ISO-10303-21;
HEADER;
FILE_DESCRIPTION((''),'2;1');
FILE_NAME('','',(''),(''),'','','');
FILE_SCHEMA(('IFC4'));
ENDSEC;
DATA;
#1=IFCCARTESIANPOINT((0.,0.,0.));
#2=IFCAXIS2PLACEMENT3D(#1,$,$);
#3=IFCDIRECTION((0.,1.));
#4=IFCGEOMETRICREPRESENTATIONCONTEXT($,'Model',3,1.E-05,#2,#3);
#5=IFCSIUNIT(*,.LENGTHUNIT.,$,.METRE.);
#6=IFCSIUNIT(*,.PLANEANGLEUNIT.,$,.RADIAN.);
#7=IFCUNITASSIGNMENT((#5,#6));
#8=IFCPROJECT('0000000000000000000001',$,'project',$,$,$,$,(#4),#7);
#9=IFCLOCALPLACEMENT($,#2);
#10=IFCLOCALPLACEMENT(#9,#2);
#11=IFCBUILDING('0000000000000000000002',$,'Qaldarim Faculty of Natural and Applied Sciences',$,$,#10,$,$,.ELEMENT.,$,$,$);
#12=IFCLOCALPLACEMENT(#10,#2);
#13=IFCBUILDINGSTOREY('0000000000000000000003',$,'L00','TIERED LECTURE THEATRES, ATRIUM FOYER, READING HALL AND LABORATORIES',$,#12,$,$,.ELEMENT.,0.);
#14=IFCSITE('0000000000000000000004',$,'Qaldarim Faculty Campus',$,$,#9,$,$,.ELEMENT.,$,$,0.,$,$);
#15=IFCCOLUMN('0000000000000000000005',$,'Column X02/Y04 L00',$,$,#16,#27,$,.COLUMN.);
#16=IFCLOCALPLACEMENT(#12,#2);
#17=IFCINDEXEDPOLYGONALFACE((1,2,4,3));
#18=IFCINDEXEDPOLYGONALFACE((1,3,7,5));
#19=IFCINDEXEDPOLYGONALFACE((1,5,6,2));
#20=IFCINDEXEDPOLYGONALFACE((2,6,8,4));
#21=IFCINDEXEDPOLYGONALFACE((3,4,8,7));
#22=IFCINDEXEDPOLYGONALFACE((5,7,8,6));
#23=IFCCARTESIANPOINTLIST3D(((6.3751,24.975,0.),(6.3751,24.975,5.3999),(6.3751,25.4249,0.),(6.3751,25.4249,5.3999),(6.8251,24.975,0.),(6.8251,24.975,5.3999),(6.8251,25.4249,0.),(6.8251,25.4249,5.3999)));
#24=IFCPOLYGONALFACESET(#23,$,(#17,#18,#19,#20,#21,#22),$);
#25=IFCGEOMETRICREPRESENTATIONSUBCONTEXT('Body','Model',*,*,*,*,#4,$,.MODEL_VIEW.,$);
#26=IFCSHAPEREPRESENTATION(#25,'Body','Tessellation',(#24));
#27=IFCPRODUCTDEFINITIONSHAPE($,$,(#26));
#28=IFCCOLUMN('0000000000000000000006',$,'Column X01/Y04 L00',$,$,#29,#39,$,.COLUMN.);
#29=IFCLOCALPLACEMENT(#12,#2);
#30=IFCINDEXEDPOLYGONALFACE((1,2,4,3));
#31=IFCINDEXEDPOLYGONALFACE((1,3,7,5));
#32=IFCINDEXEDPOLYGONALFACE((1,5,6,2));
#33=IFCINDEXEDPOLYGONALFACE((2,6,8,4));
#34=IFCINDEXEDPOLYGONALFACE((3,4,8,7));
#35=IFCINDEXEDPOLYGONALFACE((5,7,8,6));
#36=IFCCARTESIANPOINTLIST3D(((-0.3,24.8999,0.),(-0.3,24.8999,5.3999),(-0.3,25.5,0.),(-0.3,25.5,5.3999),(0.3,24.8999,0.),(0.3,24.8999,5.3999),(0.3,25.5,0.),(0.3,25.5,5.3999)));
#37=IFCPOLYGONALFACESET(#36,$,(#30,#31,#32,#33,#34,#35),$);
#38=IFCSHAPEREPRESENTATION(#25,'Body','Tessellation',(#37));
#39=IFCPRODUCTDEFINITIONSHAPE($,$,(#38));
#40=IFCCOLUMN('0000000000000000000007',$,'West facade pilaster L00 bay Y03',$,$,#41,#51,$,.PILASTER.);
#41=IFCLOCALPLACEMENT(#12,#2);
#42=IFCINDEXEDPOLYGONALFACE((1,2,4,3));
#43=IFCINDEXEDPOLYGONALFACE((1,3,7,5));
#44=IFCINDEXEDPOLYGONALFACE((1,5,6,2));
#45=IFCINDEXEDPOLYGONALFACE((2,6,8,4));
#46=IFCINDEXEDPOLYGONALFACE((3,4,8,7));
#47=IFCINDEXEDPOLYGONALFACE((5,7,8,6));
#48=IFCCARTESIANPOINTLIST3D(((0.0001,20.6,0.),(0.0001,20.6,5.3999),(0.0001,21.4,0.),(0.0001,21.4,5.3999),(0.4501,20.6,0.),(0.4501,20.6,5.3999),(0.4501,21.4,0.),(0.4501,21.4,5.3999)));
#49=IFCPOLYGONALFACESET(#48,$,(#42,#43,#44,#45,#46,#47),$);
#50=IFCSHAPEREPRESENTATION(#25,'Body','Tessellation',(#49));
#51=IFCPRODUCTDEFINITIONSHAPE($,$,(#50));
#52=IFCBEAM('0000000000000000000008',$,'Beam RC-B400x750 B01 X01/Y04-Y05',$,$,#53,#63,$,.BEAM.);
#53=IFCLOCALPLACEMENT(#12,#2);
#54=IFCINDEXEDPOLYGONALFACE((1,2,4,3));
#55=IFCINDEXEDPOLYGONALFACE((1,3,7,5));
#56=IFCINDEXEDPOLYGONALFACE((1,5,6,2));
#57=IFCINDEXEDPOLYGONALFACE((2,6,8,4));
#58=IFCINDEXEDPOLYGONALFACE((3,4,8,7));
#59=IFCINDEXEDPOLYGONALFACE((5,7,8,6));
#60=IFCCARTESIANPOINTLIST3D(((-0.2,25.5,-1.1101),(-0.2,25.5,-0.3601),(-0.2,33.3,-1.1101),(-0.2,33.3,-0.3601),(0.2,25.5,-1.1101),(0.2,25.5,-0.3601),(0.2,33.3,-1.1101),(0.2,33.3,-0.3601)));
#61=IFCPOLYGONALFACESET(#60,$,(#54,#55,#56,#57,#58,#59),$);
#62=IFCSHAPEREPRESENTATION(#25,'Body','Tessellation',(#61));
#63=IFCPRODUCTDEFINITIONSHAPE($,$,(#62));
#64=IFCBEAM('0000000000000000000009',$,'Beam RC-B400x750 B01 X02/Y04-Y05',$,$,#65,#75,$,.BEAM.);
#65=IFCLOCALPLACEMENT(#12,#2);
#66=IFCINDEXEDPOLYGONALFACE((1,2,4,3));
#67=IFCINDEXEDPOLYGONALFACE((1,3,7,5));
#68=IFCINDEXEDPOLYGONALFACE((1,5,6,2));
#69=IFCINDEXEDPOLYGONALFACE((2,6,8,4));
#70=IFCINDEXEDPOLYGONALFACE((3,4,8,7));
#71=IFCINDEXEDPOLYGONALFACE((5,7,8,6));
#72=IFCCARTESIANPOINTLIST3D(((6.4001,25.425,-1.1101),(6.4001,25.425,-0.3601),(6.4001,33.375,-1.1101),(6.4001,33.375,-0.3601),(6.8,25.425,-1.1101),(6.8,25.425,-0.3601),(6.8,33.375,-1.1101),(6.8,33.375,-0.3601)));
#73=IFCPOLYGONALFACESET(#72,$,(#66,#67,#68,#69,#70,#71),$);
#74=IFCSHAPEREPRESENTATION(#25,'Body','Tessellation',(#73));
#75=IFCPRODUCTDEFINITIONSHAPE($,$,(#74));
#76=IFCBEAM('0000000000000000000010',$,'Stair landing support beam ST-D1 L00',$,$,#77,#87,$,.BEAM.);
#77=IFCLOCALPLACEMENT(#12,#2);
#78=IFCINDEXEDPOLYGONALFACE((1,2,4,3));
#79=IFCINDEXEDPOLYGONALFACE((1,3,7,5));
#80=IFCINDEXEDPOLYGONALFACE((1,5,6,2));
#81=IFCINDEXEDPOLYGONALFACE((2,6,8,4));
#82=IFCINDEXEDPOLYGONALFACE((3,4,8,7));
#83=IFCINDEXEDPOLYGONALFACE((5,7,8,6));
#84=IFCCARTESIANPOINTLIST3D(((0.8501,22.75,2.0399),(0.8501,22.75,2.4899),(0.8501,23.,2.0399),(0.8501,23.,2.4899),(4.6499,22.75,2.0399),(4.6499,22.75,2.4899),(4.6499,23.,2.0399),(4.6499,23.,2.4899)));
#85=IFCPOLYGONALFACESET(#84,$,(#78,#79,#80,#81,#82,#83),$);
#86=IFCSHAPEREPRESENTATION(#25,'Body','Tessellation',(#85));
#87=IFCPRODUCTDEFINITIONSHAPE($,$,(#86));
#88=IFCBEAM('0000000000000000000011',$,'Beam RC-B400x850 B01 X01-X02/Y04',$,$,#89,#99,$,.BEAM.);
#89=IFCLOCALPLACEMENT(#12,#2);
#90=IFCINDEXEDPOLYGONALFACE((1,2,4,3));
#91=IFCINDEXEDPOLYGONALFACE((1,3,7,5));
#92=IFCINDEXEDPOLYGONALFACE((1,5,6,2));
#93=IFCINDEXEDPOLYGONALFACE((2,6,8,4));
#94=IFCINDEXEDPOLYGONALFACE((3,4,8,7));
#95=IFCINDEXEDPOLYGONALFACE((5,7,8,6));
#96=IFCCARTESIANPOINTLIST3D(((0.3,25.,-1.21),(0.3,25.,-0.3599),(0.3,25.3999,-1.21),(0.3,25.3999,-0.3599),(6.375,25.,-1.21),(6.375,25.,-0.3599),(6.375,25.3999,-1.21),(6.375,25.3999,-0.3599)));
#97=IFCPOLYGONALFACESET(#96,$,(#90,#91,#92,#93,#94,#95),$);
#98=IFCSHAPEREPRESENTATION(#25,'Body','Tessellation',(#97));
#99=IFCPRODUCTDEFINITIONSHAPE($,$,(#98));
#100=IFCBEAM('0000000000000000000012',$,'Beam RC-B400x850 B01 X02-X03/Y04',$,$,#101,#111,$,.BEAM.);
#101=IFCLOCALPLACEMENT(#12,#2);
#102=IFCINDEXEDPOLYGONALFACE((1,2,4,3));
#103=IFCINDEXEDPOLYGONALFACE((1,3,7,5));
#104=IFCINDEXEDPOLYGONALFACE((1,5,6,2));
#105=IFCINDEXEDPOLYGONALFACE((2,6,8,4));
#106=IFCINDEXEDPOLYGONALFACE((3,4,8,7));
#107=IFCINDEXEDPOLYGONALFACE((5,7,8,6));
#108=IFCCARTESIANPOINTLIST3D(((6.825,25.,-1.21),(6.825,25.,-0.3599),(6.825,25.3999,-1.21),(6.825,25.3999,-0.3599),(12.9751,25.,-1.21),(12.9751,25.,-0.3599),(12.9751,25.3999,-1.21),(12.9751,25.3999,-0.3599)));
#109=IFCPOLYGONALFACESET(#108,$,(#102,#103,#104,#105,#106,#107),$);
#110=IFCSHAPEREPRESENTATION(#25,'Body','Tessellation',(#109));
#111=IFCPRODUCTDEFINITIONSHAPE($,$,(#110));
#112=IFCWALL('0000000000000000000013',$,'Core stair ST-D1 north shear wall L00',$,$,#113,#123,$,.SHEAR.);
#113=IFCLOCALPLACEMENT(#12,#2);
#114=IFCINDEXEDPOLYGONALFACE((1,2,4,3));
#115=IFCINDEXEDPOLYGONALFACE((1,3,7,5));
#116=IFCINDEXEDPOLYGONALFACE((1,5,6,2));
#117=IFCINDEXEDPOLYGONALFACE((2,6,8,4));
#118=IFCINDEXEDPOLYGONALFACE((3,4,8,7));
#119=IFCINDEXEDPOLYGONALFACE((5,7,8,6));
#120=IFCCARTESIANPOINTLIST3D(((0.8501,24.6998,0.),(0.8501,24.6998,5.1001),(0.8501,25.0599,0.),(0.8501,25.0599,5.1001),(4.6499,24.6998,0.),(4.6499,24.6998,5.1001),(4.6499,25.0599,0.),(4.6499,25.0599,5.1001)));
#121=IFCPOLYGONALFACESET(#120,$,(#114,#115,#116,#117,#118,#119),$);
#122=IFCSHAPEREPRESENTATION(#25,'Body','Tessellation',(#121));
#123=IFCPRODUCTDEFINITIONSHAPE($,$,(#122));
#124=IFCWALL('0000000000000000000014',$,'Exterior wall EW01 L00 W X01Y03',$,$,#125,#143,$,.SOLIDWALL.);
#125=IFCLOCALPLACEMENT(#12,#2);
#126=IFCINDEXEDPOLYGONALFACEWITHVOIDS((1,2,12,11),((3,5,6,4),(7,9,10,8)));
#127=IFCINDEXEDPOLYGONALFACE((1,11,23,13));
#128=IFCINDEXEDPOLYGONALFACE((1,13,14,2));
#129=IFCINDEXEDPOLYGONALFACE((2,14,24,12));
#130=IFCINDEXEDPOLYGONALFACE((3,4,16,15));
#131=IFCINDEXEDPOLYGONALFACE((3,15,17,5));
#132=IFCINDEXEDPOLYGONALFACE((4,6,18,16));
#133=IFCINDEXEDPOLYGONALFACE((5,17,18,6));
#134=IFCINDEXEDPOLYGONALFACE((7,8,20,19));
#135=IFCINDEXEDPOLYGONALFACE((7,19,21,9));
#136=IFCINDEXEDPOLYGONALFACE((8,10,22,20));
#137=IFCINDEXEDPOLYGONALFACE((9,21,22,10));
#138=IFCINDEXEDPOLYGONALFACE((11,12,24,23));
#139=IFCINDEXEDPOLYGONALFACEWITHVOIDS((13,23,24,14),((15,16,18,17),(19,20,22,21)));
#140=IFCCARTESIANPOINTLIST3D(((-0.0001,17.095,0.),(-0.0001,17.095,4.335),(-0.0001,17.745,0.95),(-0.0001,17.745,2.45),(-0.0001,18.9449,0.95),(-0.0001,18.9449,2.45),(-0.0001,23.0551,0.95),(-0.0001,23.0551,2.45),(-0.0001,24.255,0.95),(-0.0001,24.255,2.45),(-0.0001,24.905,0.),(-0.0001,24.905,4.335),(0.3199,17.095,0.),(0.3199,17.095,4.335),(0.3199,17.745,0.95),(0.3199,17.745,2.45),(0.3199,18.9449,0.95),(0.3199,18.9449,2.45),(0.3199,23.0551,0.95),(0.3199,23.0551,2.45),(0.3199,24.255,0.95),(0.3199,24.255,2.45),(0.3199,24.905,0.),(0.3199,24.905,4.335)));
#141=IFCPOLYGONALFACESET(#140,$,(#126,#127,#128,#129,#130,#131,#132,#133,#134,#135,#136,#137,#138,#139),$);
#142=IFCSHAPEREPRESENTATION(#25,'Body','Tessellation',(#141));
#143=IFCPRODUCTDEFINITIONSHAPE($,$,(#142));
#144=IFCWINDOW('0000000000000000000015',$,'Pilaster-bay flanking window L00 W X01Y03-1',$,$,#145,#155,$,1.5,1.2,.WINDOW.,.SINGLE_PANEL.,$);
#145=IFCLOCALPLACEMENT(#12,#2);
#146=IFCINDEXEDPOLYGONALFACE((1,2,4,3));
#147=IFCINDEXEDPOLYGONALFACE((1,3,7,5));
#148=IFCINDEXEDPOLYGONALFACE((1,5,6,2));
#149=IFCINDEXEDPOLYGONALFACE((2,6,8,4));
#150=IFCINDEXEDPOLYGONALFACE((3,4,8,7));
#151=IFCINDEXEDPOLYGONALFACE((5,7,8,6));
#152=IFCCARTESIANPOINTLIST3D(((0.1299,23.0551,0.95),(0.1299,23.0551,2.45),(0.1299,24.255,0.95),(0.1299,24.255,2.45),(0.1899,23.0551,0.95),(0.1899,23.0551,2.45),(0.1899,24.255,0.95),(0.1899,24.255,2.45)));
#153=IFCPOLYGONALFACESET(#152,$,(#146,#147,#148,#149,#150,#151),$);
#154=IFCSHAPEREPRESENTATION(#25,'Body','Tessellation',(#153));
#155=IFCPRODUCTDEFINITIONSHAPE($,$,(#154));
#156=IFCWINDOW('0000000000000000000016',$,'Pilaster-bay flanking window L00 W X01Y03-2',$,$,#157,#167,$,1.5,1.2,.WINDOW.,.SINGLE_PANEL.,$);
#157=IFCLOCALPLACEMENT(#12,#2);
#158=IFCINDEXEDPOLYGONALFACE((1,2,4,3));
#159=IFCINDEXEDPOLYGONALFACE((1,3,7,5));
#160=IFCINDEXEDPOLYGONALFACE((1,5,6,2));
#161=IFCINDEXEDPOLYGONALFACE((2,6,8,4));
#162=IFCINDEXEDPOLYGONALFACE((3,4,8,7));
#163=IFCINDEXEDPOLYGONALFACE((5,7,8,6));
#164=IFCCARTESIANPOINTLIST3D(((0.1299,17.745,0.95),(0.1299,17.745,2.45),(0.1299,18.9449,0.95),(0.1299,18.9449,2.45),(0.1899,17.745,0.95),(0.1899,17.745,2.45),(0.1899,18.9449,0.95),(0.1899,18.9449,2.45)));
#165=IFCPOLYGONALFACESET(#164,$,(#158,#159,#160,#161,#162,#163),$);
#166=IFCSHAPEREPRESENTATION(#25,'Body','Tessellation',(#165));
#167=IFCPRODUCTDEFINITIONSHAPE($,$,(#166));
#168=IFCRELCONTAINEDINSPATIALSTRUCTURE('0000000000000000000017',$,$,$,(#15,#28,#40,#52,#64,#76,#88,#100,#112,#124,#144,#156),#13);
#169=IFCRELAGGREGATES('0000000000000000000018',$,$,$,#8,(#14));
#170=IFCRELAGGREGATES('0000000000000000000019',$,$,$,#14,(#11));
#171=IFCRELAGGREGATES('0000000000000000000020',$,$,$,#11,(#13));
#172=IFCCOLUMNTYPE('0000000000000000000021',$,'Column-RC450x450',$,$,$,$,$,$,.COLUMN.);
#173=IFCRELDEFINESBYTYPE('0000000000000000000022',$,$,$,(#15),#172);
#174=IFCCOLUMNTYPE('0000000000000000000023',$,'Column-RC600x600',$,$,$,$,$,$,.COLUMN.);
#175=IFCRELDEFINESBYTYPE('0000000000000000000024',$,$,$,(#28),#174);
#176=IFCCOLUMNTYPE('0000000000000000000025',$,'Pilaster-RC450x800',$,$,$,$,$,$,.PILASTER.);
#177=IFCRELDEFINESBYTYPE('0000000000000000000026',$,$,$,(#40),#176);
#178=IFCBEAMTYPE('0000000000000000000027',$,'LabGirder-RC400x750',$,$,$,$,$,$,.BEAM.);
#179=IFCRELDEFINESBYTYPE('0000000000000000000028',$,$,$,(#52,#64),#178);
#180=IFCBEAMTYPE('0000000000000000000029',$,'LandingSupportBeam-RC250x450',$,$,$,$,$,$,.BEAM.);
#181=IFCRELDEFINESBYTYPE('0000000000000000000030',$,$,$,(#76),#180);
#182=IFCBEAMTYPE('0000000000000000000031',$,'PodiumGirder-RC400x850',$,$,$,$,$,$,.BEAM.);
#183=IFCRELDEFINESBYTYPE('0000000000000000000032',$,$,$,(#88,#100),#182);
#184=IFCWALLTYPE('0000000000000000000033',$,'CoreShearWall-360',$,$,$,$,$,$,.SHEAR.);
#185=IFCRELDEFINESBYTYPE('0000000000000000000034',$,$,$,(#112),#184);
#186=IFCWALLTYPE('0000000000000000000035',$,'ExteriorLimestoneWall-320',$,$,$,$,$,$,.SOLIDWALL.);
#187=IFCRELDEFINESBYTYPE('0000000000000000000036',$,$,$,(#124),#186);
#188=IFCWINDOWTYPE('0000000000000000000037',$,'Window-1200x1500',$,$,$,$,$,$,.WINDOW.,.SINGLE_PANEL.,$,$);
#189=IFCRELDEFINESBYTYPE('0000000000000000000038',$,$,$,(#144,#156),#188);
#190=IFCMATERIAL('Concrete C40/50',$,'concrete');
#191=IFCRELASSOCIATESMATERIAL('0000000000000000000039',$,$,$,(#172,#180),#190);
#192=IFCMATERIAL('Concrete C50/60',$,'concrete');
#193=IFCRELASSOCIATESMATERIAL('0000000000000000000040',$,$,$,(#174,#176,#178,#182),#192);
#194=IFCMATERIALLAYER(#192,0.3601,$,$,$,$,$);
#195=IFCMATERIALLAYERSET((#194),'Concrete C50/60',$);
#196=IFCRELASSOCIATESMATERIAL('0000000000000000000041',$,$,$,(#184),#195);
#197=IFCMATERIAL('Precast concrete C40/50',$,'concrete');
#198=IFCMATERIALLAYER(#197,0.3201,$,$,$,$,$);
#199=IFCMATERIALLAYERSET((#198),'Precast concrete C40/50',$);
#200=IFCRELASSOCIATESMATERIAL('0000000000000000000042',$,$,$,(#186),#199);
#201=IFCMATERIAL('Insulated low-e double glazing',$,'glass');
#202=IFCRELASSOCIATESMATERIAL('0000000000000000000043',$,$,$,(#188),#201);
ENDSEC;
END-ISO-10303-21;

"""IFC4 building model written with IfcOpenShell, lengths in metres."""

from ifc_helpers import new_model, si_unit, direction, frame, frame_2d, origin, origin_2d, place, context, subcontext, project, spatial, rectangle, extrude, material, layer, layer_set, material_profile, profile_set, type_object, element, fill, save


model = new_model("IFC4")

# Units and contexts
model_context = context("Model", 3, precision=1e-05, world=origin(), true_north=direction((0.0, 1.0)))
body_context = subcontext(model_context, "Body", "Model", "MODEL_VIEW")
ifc_project = project(units=[si_unit("LENGTHUNIT", "METRE"), si_unit("PLANEANGLEUNIT", "RADIAN")], contexts=[model_context])

# Site, building, storey
site_placement = place(None, origin())
site = spatial("IfcSite", under=ifc_project, at=site_placement, Name="Qaldarim Faculty Campus", CompositionType="ELEMENT", RefElevation=0.0)
building_placement = place(site_placement, origin())
building = spatial("IfcBuilding", under=site, at=building_placement, Name="Qaldarim Faculty of Natural and Applied Sciences", CompositionType="ELEMENT")
storey_placement = place(building_placement, origin())
storey = spatial("IfcBuildingStorey", under=building, at=storey_placement, Name="L00", Description="TIERED LECTURE THEATRES, ATRIUM FOYER, READING HALL AND LABORATORIES", CompositionType="ELEMENT", Elevation=0.0)

# Columns
ifc_material_1 = material(Name="Concrete C40/50", Category="concrete")
ifc_material_profile_1 = material_profile(ifc_material_1, rectangle(XDim=0.45, YDim=0.45, at=origin_2d()), Name="RC-C450x450")
ifc_profile_set_1 = profile_set([ifc_material_profile_1], Name="Concrete C40/50")
column_type_1 = type_object("IfcColumnType", Name="Column-RC450x450", PredefinedType="COLUMN", material=ifc_profile_set_1)
column_1_placement = place(storey_placement, frame((6.6001, 25.2, 0.0), z_axis=(0.0, 0.0, 1.0), x_axis=(1.0, 0.0, 0.0)))
element("IfcColumn", 1, at=column_1_placement, inside=storey, type_object=column_type_1, Name="Column X02/Y04 L00", PredefinedType="COLUMN", context=body_context, shape_type="SweptSolid", body=[
    extrude(rectangle(XDim=0.45, YDim=0.45, at=origin_2d()), origin(), (0.0, 0.0, 1.0), 5.3999),
])
ifc_material_2 = material(Name="Concrete C50/60", Category="concrete")
ifc_material_profile_2 = material_profile(ifc_material_2, rectangle(XDim=0.6001, YDim=0.6001, at=origin_2d()), Name="RC-C600x600")
ifc_profile_set_2 = profile_set([ifc_material_profile_2], Name="Concrete C50/60")
column_type_2 = type_object("IfcColumnType", Name="Column-RC600x600", PredefinedType="COLUMN", material=ifc_profile_set_2)
column_2_placement = place(storey_placement, frame((0.0, 25.2, 0.0), z_axis=(0.0, 0.0, 1.0), x_axis=(1.0, 0.0, 0.0)))
element("IfcColumn", 2, at=column_2_placement, inside=storey, type_object=column_type_2, Name="Column X01/Y04 L00", PredefinedType="COLUMN", context=body_context, shape_type="SweptSolid", body=[
    extrude(rectangle(XDim=0.6001, YDim=0.6001, at=origin_2d()), origin(), (0.0, 0.0, 1.0), 5.3999),
])
ifc_material_profile_3 = material_profile(ifc_material_2, rectangle(XDim=0.45, YDim=0.8, at=origin_2d()), Name="RC-C450x800")
ifc_profile_set_3 = profile_set([ifc_material_profile_3], Name="Concrete C50/60")
column_type_3 = type_object("IfcColumnType", Name="Pilaster-RC450x800", PredefinedType="PILASTER", material=ifc_profile_set_3)
column_3_placement = place(storey_placement, frame((0.2251, 21.0, 0.0), z_axis=(0.0, 0.0, 1.0), x_axis=(1.0, 0.0, 0.0)))
element("IfcColumn", 3, at=column_3_placement, inside=storey, type_object=column_type_3, Name="West facade pilaster L00 bay Y03", PredefinedType="PILASTER", context=body_context, shape_type="SweptSolid", body=[
    extrude(rectangle(XDim=0.45, YDim=0.8, at=origin_2d()), origin(), (0.0, 0.0, 1.0), 5.3999),
])

# Beams
ifc_material_profile_4 = material_profile(ifc_material_2, rectangle(XDim=0.3999, YDim=0.75, at=origin_2d()), Name="RC-B400x750")
ifc_profile_set_4 = profile_set([ifc_material_profile_4], Name="Concrete C50/60")
beam_type_1 = type_object("IfcBeamType", Name="LabGirder-RC400x750", PredefinedType="BEAM", material=ifc_profile_set_4)
beam_1_placement = place(storey_placement, frame((0.0, 25.5, -0.7351), z_axis=(0.0, 1.0, 0.0), x_axis=(-1.0, 0.0, 0.0)))
element("IfcBeam", 4, at=beam_1_placement, inside=storey, type_object=beam_type_1, Name="Beam RC-B400x750 B01 X01/Y04-Y05", PredefinedType="BEAM", context=body_context, shape_type="SweptSolid", body=[
    extrude(rectangle(XDim=0.3999, YDim=0.75, at=origin_2d()), origin(), (0.0, 0.0, 1.0), 7.8),
])
beam_2_placement = place(storey_placement, frame((6.6001, 25.425, -0.7351), z_axis=(0.0, 1.0, 0.0), x_axis=(-1.0, 0.0, 0.0)))
element("IfcBeam", 5, at=beam_2_placement, inside=storey, type_object=beam_type_1, Name="Beam RC-B400x750 B01 X02/Y04-Y05", PredefinedType="BEAM", context=body_context, shape_type="SweptSolid", body=[
    extrude(rectangle(XDim=0.3999, YDim=0.75, at=origin_2d()), origin(), (0.0, 0.0, 1.0), 7.95),
])
ifc_material_profile_5 = material_profile(ifc_material_1, rectangle(XDim=0.25, YDim=0.45, at=origin_2d()), Name="RC-LN250x450")
ifc_profile_set_5 = profile_set([ifc_material_profile_5], Name="Concrete C40/50")
beam_type_2 = type_object("IfcBeamType", Name="LandingSupportBeam-RC250x450", PredefinedType="BEAM", material=ifc_profile_set_5)
beam_3_placement = place(storey_placement, frame((0.8501, 22.875, 2.2649), z_axis=(1.0, 0.0, 0.0), x_axis=(0.0, 1.0, 0.0)))
element("IfcBeam", 6, at=beam_3_placement, inside=storey, type_object=beam_type_2, Name="Stair landing support beam ST-D1 L00", PredefinedType="BEAM", context=body_context, shape_type="SweptSolid", body=[
    extrude(rectangle(XDim=0.25, YDim=0.45, at=origin_2d()), origin(), (0.0, 0.0, 1.0), 3.7998),
])
ifc_material_profile_6 = material_profile(ifc_material_2, rectangle(XDim=0.3999, YDim=0.8501, at=origin_2d()), Name="RC-B400x850")
ifc_profile_set_6 = profile_set([ifc_material_profile_6], Name="Concrete C50/60")
beam_type_3 = type_object("IfcBeamType", Name="PodiumGirder-RC400x850", PredefinedType="BEAM", material=ifc_profile_set_6)
beam_4_placement = place(storey_placement, frame((0.3, 25.2, -0.7849), z_axis=(1.0, 0.0, 0.0), x_axis=(0.0, 1.0, 0.0)))
element("IfcBeam", 7, at=beam_4_placement, inside=storey, type_object=beam_type_3, Name="Beam RC-B400x850 B01 X01-X02/Y04", PredefinedType="BEAM", context=body_context, shape_type="SweptSolid", body=[
    extrude(rectangle(XDim=0.3999, YDim=0.8501, at=origin_2d()), origin(), (0.0, 0.0, 1.0), 6.075),
])
beam_5_placement = place(storey_placement, frame((6.825, 25.2, -0.7849), z_axis=(1.0, 0.0, 0.0), x_axis=(0.0, 1.0, 0.0)))
element("IfcBeam", 8, at=beam_5_placement, inside=storey, type_object=beam_type_3, Name="Beam RC-B400x850 B01 X02-X03/Y04", PredefinedType="BEAM", context=body_context, shape_type="SweptSolid", body=[
    extrude(rectangle(XDim=0.3999, YDim=0.8501, at=origin_2d()), origin(), (0.0, 0.0, 1.0), 6.1501),
])

# Wall
ifc_layer_1 = layer(ifc_material_2, 0.3601)
ifc_layer_set_1 = layer_set([ifc_layer_1], Name="Concrete C50/60")
wall_type_1 = type_object("IfcWallType", Name="CoreShearWall-360", PredefinedType="SHEAR", material=ifc_layer_set_1)
wall_1_placement = place(storey_placement, frame((0.8501, 24.8799, 0.0), z_axis=(0.0, 0.0, 1.0), x_axis=(1.0, 0.0, 0.0)))
element("IfcWall", 9, at=wall_1_placement, inside=storey, type_object=wall_type_1, Name="Core stair ST-D1 north shear wall L00", PredefinedType="SHEAR", context=body_context, shape_type="SweptSolid", body=[
    extrude(rectangle(XDim=3.7998, YDim=0.3601, at=frame_2d((1.8999, 0.0))), origin(), (0.0, 0.0, 1.0), 5.1001),
])

# Wall, openings, windows
ifc_material_3 = material(Name="Precast concrete C40/50", Category="concrete")
ifc_layer_2 = layer(ifc_material_3, 0.3201)
ifc_layer_set_2 = layer_set([ifc_layer_2], Name="Precast concrete C40/50")
wall_type_2 = type_object("IfcWallType", Name="ExteriorLimestoneWall-320", PredefinedType="SOLIDWALL", material=ifc_layer_set_2)
wall_2_placement = place(storey_placement, frame((0.1599, 24.905, 0.0), z_axis=(0.0, 0.0, 1.0), x_axis=(0.0, -1.0, 0.0)))
wall_2 = element("IfcWall", 10, at=wall_2_placement, inside=storey, type_object=wall_type_2, Name="Exterior wall EW01 L00 W X01Y03", PredefinedType="SOLIDWALL", context=body_context, shape_type="SweptSolid", body=[
    extrude(rectangle(XDim=7.8101, YDim=0.3201, at=frame_2d((3.905, 0.0))), origin(), (0.0, 0.0, 1.0), 4.335),
])
opening_1_placement = place(wall_2_placement, frame((0.6499, 0.0, 0.95)))
opening_1 = element("IfcOpeningElement", 11, at=opening_1_placement, cuts=wall_2, PredefinedType="OPENING", context=body_context, shape_type="SweptSolid", body=[
    extrude(rectangle(XDim=1.2, YDim=1.5, at=frame_2d((0.6001, 0.75))), frame((0.0, 0.1699, 0.0), z_axis=(0.0, -1.0, 0.0), x_axis=(1.0, 0.0, 0.0)), (0.0, 0.0, 1.0), 0.3401),
])
opening_2_placement = place(wall_2_placement, frame((5.96, 0.0, 0.95)))
opening_2 = element("IfcOpeningElement", 12, at=opening_2_placement, cuts=wall_2, PredefinedType="OPENING", context=body_context, shape_type="SweptSolid", body=[
    extrude(rectangle(XDim=1.2, YDim=1.5, at=frame_2d((0.6001, 0.75))), frame((0.0, 0.1699, 0.0), z_axis=(0.0, -1.0, 0.0), x_axis=(1.0, 0.0, 0.0)), (0.0, 0.0, 1.0), 0.3401),
])
ifc_material_4 = material(Name="Insulated low-e double glazing", Category="glass")
window_type = type_object("IfcWindowType", Name="Window-1200x1500", PartitioningType="SINGLE_PANEL", PredefinedType="WINDOW", material=ifc_material_4)
window_1_placement = place(opening_1_placement, origin())
window_1 = element("IfcWindow", 13, at=window_1_placement, inside=storey, type_object=window_type, Name="Pilaster-bay flanking window L00 W X01Y03-1", OverallHeight=1.5, OverallWidth=1.2, PartitioningType="SINGLE_PANEL", PredefinedType="WINDOW", context=body_context, shape_type="SweptSolid", body=[
    extrude(rectangle(XDim=1.2, YDim=1.5, at=frame_2d((0.6001, 0.75))), frame((0.0, 0.03, 0.0), z_axis=(0.0, -1.0, 0.0), x_axis=(1.0, 0.0, 0.0)), (0.0, 0.0, 1.0), 0.0601),
])
fill(opening_1, window_1)
window_2_placement = place(opening_2_placement, origin())
window_2 = element("IfcWindow", 14, at=window_2_placement, inside=storey, type_object=window_type, Name="Pilaster-bay flanking window L00 W X01Y03-2", OverallHeight=1.5, OverallWidth=1.2, PartitioningType="SINGLE_PANEL", PredefinedType="WINDOW", context=body_context, shape_type="SweptSolid", body=[
    extrude(rectangle(XDim=1.2, YDim=1.5, at=frame_2d((0.6001, 0.75))), frame((0.0, 0.03, 0.0), z_axis=(0.0, -1.0, 0.0), x_axis=(1.0, 0.0, 0.0)), (0.0, 0.0, 1.0), 0.0601),
])
fill(opening_2, window_2)

save(model, "model.ifc")
